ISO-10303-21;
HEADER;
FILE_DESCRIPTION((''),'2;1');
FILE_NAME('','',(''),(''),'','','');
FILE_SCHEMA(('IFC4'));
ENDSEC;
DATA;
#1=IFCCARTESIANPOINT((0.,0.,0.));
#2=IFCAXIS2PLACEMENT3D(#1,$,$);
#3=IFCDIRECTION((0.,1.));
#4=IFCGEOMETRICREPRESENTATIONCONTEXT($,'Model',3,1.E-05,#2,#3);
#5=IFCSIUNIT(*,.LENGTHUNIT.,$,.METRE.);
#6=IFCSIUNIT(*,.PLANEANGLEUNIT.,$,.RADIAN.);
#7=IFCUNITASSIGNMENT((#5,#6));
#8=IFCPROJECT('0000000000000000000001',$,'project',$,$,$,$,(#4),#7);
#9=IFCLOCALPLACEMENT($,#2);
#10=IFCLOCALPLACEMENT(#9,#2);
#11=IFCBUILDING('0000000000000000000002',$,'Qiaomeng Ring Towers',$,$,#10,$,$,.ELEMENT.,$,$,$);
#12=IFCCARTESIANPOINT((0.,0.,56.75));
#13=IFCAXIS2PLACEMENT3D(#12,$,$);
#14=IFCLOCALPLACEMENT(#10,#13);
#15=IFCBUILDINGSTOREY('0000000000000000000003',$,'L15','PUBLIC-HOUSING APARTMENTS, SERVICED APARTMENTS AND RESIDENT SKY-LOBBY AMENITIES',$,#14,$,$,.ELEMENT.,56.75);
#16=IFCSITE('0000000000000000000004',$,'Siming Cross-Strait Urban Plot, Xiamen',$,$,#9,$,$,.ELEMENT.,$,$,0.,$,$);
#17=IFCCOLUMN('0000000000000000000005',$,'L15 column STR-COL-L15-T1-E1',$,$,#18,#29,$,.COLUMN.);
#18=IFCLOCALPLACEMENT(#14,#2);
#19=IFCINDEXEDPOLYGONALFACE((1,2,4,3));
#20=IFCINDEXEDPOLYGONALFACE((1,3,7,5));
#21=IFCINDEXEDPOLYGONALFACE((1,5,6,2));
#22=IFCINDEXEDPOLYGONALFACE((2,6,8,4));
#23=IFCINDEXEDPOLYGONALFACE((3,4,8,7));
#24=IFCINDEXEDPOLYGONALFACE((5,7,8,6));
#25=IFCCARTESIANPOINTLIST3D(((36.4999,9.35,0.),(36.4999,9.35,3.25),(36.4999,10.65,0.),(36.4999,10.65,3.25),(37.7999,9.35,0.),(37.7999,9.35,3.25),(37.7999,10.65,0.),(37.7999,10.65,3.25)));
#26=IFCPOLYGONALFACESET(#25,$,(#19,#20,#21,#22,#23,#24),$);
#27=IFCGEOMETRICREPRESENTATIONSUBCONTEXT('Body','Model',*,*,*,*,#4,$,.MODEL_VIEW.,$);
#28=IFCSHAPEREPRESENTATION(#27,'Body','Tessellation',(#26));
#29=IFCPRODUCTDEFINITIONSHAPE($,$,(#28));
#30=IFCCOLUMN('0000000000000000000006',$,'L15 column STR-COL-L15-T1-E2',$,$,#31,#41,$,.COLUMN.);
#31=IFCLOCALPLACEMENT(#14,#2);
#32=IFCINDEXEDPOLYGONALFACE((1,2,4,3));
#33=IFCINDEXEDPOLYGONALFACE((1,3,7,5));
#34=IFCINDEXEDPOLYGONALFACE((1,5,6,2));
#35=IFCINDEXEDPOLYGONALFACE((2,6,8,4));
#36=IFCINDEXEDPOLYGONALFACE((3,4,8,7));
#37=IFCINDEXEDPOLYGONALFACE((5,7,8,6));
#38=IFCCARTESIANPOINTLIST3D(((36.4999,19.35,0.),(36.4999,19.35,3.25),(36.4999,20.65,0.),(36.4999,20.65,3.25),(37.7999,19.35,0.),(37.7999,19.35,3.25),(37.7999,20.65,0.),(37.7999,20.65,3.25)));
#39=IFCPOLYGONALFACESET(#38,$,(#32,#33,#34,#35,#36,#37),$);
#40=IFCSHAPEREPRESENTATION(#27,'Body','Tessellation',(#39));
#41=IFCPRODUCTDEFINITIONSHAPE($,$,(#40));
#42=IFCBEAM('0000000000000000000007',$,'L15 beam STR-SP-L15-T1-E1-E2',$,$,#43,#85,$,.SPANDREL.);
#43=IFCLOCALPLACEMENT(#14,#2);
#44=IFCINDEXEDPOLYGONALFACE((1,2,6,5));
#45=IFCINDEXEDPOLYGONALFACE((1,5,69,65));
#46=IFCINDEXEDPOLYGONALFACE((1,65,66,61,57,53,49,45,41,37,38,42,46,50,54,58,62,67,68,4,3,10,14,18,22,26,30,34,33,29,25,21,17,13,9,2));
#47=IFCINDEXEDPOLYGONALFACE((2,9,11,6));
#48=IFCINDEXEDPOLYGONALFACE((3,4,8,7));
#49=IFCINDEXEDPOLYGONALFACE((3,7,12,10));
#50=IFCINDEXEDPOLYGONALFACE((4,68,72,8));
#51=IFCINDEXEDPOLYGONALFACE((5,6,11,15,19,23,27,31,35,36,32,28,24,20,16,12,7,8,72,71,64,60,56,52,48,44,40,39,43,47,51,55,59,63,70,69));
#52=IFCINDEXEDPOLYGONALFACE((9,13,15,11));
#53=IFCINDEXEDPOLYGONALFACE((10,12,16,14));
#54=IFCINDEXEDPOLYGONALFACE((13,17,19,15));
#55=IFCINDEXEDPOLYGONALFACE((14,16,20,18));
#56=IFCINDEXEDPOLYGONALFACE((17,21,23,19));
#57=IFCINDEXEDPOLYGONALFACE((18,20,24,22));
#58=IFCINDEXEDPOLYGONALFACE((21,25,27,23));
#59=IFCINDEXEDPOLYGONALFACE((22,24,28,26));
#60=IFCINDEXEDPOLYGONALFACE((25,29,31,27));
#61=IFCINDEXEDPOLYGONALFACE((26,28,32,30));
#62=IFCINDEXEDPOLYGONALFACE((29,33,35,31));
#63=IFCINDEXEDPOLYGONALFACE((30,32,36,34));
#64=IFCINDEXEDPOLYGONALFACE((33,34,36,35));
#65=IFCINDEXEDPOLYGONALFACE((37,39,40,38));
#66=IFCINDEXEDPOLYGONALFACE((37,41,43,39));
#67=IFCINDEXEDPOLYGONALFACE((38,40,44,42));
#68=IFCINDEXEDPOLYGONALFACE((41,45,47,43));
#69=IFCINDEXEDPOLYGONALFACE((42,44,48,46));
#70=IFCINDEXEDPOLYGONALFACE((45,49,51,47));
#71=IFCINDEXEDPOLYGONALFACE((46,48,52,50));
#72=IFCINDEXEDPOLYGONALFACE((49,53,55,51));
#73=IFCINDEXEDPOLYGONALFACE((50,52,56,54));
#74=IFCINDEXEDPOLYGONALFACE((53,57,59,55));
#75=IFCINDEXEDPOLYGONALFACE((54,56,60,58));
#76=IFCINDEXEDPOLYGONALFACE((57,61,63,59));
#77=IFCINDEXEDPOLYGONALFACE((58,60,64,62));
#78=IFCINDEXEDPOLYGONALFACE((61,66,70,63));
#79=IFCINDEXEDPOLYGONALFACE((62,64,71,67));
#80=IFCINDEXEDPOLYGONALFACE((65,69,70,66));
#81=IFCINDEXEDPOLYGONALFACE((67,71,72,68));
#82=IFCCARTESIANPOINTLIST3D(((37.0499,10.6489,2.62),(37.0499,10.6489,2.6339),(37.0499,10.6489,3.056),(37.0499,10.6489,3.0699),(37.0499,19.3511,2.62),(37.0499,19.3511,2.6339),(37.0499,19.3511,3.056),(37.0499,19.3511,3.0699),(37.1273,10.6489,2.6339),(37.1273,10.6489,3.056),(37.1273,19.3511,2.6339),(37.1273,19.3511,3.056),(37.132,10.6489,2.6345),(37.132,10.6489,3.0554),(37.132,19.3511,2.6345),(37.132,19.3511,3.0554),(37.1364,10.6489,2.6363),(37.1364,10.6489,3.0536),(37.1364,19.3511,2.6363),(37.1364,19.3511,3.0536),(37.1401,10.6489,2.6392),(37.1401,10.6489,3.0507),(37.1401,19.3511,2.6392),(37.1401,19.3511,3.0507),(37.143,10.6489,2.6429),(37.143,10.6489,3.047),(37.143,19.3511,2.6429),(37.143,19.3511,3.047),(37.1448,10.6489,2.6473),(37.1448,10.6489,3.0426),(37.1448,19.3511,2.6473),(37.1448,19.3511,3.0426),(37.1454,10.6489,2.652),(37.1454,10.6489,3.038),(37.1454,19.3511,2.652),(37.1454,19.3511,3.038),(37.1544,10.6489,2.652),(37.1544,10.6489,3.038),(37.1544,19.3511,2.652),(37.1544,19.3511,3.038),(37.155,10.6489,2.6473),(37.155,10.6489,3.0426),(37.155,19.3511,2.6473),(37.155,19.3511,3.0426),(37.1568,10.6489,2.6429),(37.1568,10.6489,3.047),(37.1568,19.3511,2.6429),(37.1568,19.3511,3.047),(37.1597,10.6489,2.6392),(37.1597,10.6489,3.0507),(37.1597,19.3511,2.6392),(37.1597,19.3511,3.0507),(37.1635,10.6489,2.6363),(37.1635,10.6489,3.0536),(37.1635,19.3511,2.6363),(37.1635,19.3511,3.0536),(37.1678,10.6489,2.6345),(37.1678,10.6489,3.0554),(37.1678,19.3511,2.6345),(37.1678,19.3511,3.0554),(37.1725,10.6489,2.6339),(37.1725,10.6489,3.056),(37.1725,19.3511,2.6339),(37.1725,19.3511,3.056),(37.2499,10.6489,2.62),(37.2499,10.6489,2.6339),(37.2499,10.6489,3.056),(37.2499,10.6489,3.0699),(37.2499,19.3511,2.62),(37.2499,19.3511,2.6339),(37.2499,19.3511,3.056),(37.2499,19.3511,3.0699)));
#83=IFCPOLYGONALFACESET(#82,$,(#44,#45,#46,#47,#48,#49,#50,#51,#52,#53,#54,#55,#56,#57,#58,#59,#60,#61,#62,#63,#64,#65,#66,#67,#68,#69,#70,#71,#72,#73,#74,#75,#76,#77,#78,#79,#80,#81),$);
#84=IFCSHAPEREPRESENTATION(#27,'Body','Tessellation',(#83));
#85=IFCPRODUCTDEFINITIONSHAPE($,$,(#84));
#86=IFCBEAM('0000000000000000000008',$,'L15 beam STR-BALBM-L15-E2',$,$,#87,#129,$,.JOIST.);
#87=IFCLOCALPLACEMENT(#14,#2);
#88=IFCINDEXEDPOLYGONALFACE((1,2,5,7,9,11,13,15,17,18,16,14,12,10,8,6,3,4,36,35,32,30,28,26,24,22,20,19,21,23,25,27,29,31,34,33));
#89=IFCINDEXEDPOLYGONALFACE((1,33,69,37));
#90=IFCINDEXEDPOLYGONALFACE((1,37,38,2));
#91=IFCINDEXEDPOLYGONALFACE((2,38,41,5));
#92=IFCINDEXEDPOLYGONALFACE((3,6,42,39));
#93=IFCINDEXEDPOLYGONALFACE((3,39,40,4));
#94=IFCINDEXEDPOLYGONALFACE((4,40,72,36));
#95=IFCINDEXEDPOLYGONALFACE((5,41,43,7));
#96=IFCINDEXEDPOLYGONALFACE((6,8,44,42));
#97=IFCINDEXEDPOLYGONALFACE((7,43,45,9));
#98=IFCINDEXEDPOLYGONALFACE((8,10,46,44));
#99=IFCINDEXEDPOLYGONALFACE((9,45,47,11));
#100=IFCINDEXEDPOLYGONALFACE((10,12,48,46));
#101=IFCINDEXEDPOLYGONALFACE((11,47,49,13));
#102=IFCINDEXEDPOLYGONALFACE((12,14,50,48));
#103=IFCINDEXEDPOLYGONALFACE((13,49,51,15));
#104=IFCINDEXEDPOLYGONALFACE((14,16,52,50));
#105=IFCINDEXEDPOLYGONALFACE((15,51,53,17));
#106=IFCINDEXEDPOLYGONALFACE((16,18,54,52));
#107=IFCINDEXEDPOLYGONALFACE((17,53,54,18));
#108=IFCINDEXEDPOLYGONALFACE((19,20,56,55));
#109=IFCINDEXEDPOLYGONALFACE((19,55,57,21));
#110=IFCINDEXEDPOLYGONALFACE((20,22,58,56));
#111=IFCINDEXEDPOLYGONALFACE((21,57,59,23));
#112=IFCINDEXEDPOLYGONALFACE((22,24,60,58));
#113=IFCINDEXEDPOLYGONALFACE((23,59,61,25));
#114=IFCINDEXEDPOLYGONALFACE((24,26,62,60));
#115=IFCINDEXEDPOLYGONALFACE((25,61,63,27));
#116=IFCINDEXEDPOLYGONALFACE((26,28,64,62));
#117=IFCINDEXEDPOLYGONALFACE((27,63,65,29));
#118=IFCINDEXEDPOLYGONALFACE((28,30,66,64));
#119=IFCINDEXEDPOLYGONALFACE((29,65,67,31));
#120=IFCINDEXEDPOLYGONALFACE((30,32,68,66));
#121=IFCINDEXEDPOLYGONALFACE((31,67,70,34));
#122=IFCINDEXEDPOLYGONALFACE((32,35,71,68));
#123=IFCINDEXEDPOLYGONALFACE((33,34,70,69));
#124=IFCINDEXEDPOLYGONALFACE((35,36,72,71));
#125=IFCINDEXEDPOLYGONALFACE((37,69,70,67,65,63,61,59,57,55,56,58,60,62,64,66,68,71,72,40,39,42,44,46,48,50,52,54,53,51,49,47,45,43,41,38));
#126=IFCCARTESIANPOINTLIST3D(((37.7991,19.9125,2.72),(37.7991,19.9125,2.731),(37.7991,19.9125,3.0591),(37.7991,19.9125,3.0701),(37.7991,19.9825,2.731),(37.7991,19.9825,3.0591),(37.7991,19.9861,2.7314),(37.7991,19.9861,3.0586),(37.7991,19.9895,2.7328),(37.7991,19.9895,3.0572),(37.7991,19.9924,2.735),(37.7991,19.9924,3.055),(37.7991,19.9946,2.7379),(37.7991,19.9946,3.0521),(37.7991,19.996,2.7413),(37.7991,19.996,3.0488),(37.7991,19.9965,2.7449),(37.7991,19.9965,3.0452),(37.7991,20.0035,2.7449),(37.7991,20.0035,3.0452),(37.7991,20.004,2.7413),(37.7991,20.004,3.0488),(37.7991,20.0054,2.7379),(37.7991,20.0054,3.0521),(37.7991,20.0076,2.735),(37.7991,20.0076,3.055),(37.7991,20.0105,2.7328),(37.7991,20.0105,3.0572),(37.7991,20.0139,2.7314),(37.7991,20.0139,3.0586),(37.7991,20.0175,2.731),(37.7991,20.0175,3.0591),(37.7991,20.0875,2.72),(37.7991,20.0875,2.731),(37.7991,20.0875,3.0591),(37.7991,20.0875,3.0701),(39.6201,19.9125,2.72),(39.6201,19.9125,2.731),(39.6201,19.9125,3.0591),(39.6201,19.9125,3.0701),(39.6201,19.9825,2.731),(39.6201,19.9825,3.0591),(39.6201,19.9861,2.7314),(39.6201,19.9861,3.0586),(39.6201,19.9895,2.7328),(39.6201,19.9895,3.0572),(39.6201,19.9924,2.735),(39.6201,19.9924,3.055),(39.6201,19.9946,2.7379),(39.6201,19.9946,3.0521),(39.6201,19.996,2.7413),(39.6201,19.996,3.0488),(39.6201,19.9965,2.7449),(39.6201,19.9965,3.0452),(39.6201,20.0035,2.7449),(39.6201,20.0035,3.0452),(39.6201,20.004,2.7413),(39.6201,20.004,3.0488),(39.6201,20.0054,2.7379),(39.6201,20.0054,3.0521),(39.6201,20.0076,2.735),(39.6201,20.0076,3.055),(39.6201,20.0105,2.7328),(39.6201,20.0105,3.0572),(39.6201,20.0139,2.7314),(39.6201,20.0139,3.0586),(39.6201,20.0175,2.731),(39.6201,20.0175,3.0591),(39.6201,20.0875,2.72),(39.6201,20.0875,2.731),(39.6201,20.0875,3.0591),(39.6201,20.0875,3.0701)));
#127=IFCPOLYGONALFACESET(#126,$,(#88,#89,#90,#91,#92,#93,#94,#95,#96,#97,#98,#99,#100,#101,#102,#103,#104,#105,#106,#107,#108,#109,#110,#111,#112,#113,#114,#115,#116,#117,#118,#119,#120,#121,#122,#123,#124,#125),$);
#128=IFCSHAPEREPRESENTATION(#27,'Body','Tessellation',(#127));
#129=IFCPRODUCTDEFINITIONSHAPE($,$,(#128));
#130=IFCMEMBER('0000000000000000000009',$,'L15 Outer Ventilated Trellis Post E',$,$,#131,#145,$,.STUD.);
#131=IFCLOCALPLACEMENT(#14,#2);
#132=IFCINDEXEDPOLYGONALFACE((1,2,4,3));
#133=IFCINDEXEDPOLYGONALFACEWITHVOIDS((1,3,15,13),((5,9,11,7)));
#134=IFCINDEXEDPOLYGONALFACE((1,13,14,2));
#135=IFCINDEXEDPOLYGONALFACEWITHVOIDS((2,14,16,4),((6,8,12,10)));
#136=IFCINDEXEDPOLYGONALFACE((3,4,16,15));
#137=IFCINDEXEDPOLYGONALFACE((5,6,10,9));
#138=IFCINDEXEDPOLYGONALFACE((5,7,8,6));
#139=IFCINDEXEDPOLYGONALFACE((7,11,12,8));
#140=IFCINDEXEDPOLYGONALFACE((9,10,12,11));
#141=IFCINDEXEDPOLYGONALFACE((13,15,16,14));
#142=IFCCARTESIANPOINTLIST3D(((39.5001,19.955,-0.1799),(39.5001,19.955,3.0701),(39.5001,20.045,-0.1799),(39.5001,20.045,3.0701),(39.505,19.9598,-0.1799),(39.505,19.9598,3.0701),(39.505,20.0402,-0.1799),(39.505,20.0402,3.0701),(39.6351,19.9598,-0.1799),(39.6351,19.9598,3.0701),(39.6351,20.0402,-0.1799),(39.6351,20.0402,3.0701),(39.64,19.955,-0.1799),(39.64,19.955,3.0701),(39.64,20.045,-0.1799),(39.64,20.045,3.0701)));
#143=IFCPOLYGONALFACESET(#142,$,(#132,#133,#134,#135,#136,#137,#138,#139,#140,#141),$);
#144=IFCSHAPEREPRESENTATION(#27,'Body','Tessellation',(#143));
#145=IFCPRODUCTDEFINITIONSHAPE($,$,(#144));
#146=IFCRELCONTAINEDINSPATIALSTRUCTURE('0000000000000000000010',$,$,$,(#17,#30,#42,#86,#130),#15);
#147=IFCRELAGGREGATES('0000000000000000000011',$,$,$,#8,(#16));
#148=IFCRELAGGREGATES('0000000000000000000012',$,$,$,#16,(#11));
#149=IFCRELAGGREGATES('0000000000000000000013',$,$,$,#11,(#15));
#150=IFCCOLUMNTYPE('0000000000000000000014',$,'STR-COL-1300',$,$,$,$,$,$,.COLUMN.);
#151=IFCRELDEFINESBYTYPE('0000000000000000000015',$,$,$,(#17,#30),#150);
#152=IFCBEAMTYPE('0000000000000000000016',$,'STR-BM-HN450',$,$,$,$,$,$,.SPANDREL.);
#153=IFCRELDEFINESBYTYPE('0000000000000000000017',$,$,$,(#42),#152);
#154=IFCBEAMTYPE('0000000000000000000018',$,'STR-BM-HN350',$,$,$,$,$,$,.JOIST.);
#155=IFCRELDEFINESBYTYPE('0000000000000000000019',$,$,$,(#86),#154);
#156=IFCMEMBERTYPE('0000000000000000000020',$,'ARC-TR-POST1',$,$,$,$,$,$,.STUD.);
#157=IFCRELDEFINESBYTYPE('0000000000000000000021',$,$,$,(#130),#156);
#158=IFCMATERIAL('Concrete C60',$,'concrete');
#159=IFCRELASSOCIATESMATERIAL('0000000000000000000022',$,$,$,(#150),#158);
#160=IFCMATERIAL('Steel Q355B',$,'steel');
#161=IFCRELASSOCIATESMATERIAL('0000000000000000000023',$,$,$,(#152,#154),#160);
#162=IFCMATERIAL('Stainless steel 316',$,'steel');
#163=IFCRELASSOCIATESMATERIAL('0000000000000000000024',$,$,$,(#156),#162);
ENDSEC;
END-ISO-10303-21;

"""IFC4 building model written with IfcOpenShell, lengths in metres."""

from ifc_helpers import new_model, si_unit, direction, frame, origin, origin_2d, place, context, subcontext, project, spatial, rectangle, hollow_rectangle, i_section, extrude, source, transform, mapped, material, material_profile, profile_set, type_object, element, save


model = new_model("IFC4")

# Units and contexts
model_context = context("Model", 3, precision=1e-05, world=origin(), true_north=direction((0.0, 1.0)))
body_context = subcontext(model_context, "Body", "Model", "MODEL_VIEW")
ifc_project = project(units=[si_unit("LENGTHUNIT", "METRE"), si_unit("PLANEANGLEUNIT", "RADIAN")], contexts=[model_context])

# Site, building, storey
site_placement = place(None, origin())
site = spatial("IfcSite", under=ifc_project, at=site_placement, Name="Siming Cross-Strait Urban Plot, Xiamen", CompositionType="ELEMENT", RefElevation=0.0)
building_placement = place(site_placement, origin())
building = spatial("IfcBuilding", under=site, at=building_placement, Name="Qiaomeng Ring Towers", CompositionType="ELEMENT")
storey_placement = place(building_placement, frame((0.0, 0.0, 56.75)))
storey = spatial("IfcBuildingStorey", under=building, at=storey_placement, Name="L15", Description="PUBLIC-HOUSING APARTMENTS, SERVICED APARTMENTS AND RESIDENT SKY-LOBBY AMENITIES", CompositionType="ELEMENT", Elevation=56.75)

# Columns
ifc_material_1 = material(Name="Concrete C60", Category="concrete")
ifc_material_profile_1 = material_profile(ifc_material_1, rectangle(XDim=1.3, YDim=1.3, at=origin_2d()), Name="RC COL 1300x1300")
ifc_profile_set_1 = profile_set([ifc_material_profile_1], Name="Concrete C60")
column_type = type_object("IfcColumnType", Name="STR-COL-1300", PredefinedType="COLUMN", material=ifc_profile_set_1)
shared_shape_1 = source(origin(), body_context, "Body", "SweptSolid", [
    extrude(rectangle(XDim=1.3, YDim=1.3, at=origin_2d()), origin(), (0.0, 0.0, 1.0), 3.25),
])
for number, where, z_axis, x_axis, name in (
    (1, (37.1499, 10.0, 0.0), (0.0, 0.0, 1.0), (1.0, 0.0, 0.0), "L15 column STR-COL-L15-T1-E1"),
    (2, (37.1499, 20.0, 0.0), (0.0, 0.0, 1.0), (1.0, 0.0, 0.0), "L15 column STR-COL-L15-T1-E2"),
):
    element("IfcColumn", number, at=place(storey_placement, frame(where, z_axis=z_axis, x_axis=x_axis)), inside=storey, type_object=column_type, Name=name, PredefinedType="COLUMN", context=body_context, shape_type="MappedRepresentation", body=[
        mapped(shared_shape_1, transform((0.0, 0.0, 0.0), x_axis=(1.0, 0.0, 0.0), y_axis=(0.0, 1.0, 0.0), z_axis=(0.0, 0.0, 1.0), scale=1.0)),
    ])

# Beams
ifc_material_2 = material(Name="Steel Q355B", Category="steel")
ifc_material_profile_2 = material_profile(ifc_material_2, i_section(OverallWidth=0.2, OverallDepth=0.45, WebThickness=0.009, FlangeThickness=0.0139, FilletRadius=0.0181, at=origin_2d()), Name="HN 450x200x9x14")
ifc_profile_set_2 = profile_set([ifc_material_profile_2], Name="Steel Q355B")
beam_type_1 = type_object("IfcBeamType", Name="STR-BM-HN450", PredefinedType="SPANDREL", material=ifc_profile_set_2)
shared_shape_2 = source(origin(), body_context, "Body", "SweptSolid", [
    extrude(i_section(OverallWidth=0.2, OverallDepth=0.45, WebThickness=0.009, FlangeThickness=0.0139, FilletRadius=0.0181, at=origin_2d()), origin(), (0.0, 0.0, 1.0), 8.7021),
])
beam_1_placement = place(storey_placement, frame((37.1499, 10.6489, 2.845), z_axis=(0.0, 1.0, 0.0), x_axis=(-1.0, 0.0, 0.0)))
element("IfcBeam", 3, at=beam_1_placement, inside=storey, type_object=beam_type_1, Name="L15 beam STR-SP-L15-T1-E1-E2", PredefinedType="SPANDREL", context=body_context, shape_type="MappedRepresentation", body=[
    mapped(shared_shape_2, transform((0.0, 0.0, 0.0), x_axis=(1.0, 0.0, 0.0), y_axis=(0.0, 1.0, 0.0), z_axis=(0.0, 0.0, 1.0), scale=1.0)),
])
ifc_material_profile_3 = material_profile(ifc_material_2, i_section(OverallWidth=0.175, OverallDepth=0.3501, WebThickness=0.0071, FlangeThickness=0.011, FilletRadius=0.0139, at=origin_2d()), Name="HN 350x175x7x11")
ifc_profile_set_3 = profile_set([ifc_material_profile_3], Name="Steel Q355B")
beam_type_2 = type_object("IfcBeamType", Name="STR-BM-HN350", PredefinedType="JOIST", material=ifc_profile_set_3)
shared_shape_3 = source(origin(), body_context, "Body", "SweptSolid", [
    extrude(i_section(OverallWidth=0.175, OverallDepth=0.3501, WebThickness=0.0071, FlangeThickness=0.011, FilletRadius=0.0139, at=origin_2d()), origin(), (0.0, 0.0, 1.0), 1.821),
])
beam_2_placement = place(storey_placement, frame((37.7991, 20.0, 2.895), z_axis=(1.0, 0.0, 0.0), x_axis=(0.0, 1.0, 0.0)))
element("IfcBeam", 4, at=beam_2_placement, inside=storey, type_object=beam_type_2, Name="L15 beam STR-BALBM-L15-E2", PredefinedType="JOIST", context=body_context, shape_type="MappedRepresentation", body=[
    mapped(shared_shape_3, transform((0.0, 0.0, 0.0), x_axis=(1.0, 0.0, 0.0), y_axis=(0.0, 1.0, 0.0), z_axis=(0.0, 0.0, 1.0), scale=1.0)),
])

# Member
ifc_material_3 = material(Name="Stainless steel 316", Category="steel")
ifc_material_profile_4 = material_profile(ifc_material_3, hollow_rectangle(XDim=0.0901, YDim=0.1399, WallThickness=0.0049, at=origin_2d()), Name="SS TRELLIS 90x140")
ifc_profile_set_4 = profile_set([ifc_material_profile_4], Name="Stainless steel 316")
member_type = type_object("IfcMemberType", Name="ARC-TR-POST1", PredefinedType="STUD", material=ifc_profile_set_4)
shared_shape_4 = source(origin(), body_context, "Body", "SweptSolid", [
    extrude(hollow_rectangle(XDim=0.0901, YDim=0.1399, WallThickness=0.0049, at=origin_2d()), origin(), (0.0, 0.0, 1.0), 3.25),
])
member_placement = place(storey_placement, frame((39.5701, 20.0, -0.1799), z_axis=(0.0, 0.0, 1.0), x_axis=(0.0, 1.0, 0.0)))
element("IfcMember", 5, at=member_placement, inside=storey, type_object=member_type, Name="L15 Outer Ventilated Trellis Post E", PredefinedType="STUD", context=body_context, shape_type="MappedRepresentation", body=[
    mapped(shared_shape_4, transform((0.0, 0.0, 0.0), x_axis=(1.0, 0.0, 0.0), y_axis=(0.0, 1.0, 0.0), z_axis=(0.0, 0.0, 1.0), scale=1.0)),
])

save(model, "model.ifc")
